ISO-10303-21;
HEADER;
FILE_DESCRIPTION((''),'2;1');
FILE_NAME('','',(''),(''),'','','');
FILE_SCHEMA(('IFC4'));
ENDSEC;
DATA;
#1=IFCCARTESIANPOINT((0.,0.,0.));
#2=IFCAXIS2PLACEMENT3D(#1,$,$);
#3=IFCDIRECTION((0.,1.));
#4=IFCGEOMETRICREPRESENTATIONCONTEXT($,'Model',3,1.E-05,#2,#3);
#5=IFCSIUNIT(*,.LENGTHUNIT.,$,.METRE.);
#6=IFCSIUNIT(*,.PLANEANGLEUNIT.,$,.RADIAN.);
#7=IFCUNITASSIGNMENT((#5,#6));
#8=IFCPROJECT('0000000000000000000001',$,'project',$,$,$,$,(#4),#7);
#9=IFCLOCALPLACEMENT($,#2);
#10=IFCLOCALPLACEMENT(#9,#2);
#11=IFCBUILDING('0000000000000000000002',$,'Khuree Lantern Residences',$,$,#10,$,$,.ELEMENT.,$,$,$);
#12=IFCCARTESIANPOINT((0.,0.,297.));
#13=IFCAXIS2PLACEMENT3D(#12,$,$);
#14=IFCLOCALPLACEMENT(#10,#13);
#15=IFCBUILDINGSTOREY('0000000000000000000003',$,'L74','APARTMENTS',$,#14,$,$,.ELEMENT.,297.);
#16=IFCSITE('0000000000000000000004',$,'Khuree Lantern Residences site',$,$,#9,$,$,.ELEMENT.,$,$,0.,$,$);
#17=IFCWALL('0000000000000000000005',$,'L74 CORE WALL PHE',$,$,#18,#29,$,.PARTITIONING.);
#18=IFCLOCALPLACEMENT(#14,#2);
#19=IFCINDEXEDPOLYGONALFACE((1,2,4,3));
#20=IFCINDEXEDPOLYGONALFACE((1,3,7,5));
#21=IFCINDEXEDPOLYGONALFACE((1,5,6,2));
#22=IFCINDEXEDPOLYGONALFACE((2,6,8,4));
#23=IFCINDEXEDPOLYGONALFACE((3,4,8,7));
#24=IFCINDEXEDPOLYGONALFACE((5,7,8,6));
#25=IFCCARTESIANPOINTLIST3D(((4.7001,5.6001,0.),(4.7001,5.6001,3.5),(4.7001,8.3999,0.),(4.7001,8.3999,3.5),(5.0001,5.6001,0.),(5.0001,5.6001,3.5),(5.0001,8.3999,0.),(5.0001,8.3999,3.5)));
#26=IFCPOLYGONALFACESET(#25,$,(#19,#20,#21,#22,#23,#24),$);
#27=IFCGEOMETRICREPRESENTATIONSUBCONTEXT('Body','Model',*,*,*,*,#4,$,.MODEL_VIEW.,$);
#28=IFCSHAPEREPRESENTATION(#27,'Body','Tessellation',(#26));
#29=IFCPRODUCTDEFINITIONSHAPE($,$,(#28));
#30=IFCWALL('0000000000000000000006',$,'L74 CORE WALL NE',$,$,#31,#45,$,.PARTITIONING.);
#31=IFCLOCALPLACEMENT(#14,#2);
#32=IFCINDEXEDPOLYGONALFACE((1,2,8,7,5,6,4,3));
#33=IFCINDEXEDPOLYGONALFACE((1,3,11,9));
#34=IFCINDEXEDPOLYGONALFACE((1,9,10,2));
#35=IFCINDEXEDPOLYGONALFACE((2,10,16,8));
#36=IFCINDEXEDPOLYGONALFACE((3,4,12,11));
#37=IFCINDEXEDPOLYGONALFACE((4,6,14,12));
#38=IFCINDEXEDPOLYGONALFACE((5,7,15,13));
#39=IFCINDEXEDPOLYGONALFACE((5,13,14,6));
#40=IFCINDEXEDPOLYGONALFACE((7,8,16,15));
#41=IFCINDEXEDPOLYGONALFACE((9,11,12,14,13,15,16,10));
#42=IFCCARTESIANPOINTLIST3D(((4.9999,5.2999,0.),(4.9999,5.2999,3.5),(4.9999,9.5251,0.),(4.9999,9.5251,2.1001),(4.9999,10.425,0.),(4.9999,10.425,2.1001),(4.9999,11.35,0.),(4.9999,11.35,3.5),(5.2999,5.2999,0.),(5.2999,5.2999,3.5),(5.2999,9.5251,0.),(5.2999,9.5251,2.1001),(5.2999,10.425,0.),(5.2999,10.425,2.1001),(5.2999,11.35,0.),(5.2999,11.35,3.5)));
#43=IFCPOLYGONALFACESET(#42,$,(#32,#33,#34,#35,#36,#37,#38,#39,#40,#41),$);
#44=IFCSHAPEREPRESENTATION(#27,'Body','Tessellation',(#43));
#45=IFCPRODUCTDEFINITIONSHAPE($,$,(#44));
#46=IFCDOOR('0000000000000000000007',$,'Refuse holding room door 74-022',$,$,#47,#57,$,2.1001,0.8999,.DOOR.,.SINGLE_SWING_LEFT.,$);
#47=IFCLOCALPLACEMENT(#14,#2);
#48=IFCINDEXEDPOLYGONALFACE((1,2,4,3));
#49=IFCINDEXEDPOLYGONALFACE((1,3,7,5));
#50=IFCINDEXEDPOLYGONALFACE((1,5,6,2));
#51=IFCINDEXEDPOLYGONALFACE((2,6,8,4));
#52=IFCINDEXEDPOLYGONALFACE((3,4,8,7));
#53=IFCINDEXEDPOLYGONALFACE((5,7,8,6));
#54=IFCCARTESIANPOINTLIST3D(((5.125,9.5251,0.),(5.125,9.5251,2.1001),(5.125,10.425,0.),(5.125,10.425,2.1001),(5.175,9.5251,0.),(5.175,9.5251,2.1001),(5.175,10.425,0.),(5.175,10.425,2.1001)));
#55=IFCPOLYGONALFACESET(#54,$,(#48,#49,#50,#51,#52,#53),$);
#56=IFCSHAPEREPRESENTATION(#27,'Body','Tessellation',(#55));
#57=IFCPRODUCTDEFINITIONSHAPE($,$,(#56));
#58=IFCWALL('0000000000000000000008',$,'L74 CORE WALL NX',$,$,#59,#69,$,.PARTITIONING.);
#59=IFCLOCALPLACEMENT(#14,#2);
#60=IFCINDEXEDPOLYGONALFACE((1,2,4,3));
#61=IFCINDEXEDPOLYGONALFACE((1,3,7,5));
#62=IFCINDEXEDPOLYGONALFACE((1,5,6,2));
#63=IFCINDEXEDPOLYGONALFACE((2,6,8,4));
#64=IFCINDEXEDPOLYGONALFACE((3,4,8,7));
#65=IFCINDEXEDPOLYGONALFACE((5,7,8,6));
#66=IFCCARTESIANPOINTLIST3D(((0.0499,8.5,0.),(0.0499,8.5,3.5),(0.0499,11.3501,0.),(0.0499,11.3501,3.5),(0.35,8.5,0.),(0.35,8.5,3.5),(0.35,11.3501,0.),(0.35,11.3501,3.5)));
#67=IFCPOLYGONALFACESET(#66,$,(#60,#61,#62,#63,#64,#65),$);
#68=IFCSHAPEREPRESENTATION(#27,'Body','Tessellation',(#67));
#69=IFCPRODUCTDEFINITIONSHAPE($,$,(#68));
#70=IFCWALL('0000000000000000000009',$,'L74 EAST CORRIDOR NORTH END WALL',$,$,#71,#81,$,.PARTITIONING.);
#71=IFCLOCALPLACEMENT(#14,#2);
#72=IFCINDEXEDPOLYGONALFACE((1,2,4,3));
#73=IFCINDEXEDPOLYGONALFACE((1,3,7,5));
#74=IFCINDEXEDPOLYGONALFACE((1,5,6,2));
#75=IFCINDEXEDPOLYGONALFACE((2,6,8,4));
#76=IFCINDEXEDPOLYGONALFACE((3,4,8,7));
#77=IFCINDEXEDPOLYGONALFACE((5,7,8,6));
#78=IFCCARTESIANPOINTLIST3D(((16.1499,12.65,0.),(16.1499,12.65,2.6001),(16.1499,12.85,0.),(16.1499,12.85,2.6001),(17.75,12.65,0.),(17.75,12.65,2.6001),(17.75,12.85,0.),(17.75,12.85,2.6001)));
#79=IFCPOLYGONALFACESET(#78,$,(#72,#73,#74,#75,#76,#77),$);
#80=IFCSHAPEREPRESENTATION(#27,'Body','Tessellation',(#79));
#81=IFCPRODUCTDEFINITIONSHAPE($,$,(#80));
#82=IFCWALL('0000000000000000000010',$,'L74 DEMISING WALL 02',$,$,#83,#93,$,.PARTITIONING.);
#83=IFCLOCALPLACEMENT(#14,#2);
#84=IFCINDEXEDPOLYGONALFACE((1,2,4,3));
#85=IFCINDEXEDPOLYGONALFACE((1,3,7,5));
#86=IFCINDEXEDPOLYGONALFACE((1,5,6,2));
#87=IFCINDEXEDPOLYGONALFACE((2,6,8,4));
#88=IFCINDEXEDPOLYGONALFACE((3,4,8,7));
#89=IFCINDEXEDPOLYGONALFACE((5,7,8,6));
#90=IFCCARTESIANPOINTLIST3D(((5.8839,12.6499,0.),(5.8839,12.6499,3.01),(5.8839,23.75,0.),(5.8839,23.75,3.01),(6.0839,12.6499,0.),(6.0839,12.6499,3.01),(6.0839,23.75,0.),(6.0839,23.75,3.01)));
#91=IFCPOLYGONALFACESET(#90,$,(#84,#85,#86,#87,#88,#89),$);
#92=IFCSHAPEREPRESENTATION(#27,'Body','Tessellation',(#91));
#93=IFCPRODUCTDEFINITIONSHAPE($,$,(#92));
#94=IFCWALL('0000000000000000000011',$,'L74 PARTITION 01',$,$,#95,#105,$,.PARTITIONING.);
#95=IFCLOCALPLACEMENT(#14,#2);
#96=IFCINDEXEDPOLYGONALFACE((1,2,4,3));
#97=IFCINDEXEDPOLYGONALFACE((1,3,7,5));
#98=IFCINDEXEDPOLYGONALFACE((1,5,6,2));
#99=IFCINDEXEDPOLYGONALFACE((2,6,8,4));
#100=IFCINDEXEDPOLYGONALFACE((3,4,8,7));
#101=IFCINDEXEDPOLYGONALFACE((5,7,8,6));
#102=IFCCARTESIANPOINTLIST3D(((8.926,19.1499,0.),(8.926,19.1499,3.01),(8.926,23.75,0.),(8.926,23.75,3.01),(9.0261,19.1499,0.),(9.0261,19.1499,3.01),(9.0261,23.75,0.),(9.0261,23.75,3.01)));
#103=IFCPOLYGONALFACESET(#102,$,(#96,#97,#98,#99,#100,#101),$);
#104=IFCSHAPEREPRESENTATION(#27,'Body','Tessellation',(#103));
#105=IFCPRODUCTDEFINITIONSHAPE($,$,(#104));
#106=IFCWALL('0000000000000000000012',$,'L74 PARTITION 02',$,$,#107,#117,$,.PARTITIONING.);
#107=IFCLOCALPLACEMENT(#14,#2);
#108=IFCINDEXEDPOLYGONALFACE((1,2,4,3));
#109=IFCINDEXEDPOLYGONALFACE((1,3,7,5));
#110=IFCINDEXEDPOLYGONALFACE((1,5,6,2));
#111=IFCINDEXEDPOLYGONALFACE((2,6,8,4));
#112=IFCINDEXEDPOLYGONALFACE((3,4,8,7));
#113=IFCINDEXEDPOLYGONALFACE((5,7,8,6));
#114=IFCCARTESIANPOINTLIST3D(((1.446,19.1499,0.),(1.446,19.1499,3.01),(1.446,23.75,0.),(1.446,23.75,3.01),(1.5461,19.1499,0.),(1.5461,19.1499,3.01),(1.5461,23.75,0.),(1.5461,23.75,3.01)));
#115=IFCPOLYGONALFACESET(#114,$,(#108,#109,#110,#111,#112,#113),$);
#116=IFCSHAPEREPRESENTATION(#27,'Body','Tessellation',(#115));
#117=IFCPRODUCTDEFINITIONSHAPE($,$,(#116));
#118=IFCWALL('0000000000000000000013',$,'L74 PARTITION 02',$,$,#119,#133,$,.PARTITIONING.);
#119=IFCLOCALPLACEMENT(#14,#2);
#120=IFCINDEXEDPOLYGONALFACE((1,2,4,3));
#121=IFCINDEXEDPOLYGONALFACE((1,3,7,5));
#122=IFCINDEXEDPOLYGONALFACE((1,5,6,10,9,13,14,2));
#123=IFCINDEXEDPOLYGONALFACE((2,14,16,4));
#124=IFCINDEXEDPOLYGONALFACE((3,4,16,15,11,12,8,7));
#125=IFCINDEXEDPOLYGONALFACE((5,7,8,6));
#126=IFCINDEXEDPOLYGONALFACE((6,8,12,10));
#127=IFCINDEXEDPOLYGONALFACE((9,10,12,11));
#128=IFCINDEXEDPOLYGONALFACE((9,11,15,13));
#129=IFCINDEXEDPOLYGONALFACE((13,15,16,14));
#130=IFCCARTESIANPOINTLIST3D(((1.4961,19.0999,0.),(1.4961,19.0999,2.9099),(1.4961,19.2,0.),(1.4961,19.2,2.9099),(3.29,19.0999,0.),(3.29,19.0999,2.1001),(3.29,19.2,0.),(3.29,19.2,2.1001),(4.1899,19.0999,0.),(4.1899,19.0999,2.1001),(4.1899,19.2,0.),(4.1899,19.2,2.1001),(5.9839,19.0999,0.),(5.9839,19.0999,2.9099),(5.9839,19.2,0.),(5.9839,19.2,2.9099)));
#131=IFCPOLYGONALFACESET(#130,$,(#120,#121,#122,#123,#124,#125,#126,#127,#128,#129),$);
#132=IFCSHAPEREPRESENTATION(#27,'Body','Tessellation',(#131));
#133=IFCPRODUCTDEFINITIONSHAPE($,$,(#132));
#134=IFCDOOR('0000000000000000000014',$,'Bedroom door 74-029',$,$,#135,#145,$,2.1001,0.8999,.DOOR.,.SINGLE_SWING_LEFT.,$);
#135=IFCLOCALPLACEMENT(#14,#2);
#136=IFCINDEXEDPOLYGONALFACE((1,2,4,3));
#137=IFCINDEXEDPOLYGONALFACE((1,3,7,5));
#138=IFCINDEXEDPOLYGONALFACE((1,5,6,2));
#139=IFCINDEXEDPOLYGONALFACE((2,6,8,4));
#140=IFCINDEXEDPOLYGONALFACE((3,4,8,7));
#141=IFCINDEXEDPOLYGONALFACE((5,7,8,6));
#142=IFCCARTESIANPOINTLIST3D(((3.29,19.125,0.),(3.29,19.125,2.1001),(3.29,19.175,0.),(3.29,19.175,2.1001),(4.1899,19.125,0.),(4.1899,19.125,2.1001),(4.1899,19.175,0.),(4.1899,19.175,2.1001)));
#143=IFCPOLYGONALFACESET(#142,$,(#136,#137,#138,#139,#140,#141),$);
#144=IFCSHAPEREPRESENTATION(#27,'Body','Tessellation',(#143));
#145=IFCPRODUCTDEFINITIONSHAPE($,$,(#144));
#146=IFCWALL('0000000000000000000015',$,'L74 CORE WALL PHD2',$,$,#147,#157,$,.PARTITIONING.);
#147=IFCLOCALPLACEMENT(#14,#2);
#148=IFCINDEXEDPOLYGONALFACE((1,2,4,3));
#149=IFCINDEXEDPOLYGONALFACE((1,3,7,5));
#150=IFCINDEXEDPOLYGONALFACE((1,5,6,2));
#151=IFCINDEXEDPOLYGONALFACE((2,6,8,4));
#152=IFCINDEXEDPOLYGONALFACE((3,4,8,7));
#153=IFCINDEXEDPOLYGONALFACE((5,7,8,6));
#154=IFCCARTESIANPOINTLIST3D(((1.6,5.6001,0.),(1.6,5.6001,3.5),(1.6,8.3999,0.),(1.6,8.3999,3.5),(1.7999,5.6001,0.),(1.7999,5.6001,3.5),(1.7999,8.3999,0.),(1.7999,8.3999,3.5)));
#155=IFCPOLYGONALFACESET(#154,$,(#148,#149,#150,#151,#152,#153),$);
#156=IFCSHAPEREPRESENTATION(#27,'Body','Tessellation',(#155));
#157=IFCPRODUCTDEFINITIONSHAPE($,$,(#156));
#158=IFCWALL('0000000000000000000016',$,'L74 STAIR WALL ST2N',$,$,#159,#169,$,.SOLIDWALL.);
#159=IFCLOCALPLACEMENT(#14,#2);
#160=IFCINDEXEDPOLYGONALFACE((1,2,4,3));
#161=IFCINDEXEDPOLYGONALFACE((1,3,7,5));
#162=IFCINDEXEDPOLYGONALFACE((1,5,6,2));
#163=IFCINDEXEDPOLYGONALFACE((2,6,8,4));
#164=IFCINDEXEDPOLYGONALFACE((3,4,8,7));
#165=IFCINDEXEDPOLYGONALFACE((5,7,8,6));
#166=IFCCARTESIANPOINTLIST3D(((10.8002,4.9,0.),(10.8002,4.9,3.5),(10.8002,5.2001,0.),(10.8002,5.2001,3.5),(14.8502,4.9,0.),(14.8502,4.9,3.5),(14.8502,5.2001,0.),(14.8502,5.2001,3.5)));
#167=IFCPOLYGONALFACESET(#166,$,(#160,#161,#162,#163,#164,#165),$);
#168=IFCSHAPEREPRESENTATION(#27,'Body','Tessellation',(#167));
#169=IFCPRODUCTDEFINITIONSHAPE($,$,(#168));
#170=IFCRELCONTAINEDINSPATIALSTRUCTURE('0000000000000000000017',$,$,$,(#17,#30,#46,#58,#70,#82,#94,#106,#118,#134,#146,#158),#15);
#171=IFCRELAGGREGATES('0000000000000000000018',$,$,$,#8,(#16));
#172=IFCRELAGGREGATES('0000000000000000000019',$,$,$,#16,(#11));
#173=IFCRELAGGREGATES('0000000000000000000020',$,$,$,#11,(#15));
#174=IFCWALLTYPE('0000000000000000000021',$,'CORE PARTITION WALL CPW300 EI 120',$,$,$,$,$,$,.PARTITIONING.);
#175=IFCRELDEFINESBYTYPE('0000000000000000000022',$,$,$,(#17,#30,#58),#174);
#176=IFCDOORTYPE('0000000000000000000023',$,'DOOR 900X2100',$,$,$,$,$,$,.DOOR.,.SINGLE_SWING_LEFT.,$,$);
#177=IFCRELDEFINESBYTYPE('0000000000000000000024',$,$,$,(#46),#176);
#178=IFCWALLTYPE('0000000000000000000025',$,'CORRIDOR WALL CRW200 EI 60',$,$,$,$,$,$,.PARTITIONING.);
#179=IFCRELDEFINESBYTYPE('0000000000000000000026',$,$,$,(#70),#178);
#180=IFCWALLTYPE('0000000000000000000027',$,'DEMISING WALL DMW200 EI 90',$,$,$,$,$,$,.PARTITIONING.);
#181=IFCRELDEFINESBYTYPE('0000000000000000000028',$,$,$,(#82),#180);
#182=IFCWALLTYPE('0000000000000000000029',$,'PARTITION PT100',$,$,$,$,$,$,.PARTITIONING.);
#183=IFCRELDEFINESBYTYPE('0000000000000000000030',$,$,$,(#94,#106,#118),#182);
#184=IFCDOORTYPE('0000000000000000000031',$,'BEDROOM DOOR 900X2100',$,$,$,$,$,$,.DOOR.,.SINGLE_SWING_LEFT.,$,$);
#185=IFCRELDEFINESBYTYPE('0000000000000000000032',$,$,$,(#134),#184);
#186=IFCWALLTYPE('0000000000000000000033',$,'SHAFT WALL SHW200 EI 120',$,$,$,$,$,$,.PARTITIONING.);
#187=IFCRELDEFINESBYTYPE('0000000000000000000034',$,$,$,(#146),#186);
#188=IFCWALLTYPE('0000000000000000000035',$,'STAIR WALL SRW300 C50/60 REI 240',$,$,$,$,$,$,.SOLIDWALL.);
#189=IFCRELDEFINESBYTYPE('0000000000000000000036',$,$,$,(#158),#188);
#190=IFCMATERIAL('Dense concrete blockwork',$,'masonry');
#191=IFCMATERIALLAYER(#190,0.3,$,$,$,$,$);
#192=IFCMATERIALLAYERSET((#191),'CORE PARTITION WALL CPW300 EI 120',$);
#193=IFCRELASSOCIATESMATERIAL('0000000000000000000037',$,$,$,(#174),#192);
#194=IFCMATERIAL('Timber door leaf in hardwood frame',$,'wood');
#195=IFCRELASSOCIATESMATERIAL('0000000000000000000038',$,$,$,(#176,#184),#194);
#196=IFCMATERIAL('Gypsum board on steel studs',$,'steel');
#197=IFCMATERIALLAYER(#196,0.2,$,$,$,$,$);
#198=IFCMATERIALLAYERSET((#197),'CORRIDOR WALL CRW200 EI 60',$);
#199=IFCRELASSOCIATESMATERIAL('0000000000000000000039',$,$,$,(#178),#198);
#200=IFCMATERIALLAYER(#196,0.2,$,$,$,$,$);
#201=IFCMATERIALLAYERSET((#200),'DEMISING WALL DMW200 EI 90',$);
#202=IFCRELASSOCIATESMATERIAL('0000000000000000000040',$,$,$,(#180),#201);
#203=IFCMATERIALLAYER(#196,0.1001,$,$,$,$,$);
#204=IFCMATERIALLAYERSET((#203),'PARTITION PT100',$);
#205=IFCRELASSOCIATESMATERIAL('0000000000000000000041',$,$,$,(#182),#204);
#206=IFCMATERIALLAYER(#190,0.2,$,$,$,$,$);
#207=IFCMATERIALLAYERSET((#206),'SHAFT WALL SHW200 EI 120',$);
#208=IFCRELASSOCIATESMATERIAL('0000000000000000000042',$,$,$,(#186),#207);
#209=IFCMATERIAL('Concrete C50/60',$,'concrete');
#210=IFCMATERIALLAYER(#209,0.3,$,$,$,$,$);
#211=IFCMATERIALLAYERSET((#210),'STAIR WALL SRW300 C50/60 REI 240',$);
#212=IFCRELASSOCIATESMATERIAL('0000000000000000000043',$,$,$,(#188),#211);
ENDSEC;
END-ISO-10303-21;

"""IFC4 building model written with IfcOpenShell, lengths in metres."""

from ifc_helpers import new_model, si_unit, direction, frame, frame_2d, origin, place, context, subcontext, project, spatial, rectangle, extrude, material, layer, layer_set, type_object, element, fill, save


model = new_model("IFC4")

# Units and contexts
model_context = context("Model", 3, precision=1e-05, world=origin(), true_north=direction((0.0, 1.0)))
body_context = subcontext(model_context, "Body", "Model", "MODEL_VIEW")
ifc_project = project(units=[si_unit("LENGTHUNIT", "METRE"), si_unit("PLANEANGLEUNIT", "RADIAN")], contexts=[model_context])

# Site, building, storey
site_placement = place(None, origin())
site = spatial("IfcSite", under=ifc_project, at=site_placement, Name="Khuree Lantern Residences site", CompositionType="ELEMENT", RefElevation=0.0)
building_placement = place(site_placement, origin())
building = spatial("IfcBuilding", under=site, at=building_placement, Name="Khuree Lantern Residences", CompositionType="ELEMENT")
storey_placement = place(building_placement, frame((0.0, 0.0, 297.0)))
storey = spatial("IfcBuildingStorey", under=building, at=storey_placement, Name="L74", Description="APARTMENTS", CompositionType="ELEMENT", Elevation=297.0)

# Shared definitions
ifc_material_1 = material(Name="Concrete C50/60", Category="concrete")

# Shared definitions
ifc_material_2 = material(Name="Timber door leaf in hardwood frame", Category="wood")

# Wall
ifc_material_3 = material(Name="Dense concrete blockwork", Category="masonry")
ifc_layer_1 = layer(ifc_material_3, 0.3)
ifc_layer_set_1 = layer_set([ifc_layer_1], Name="CORE PARTITION WALL CPW300 EI 120")
wall_type_1 = type_object("IfcWallType", Name="CORE PARTITION WALL CPW300 EI 120", PredefinedType="PARTITIONING", material=ifc_layer_set_1)
wall_1_placement = place(storey_placement, frame((4.8501, 5.6001, 0.0), z_axis=(0.0, 0.0, 1.0), x_axis=(0.0, 1.0, 0.0)))
element("IfcWall", 1, at=wall_1_placement, inside=storey, type_object=wall_type_1, Name="L74 CORE WALL PHE", PredefinedType="PARTITIONING", context=body_context, shape_type="SweptSolid", body=[
    extrude(rectangle(XDim=2.7998, YDim=0.3, at=frame_2d((1.3999, 0.0))), origin(), (0.0, 0.0, 1.0), 3.5),
])

# Wall, opening, door
wall_2_placement = place(storey_placement, frame((5.1499, 5.3, 0.0), z_axis=(0.0, 0.0, 1.0), x_axis=(0.0, 1.0, 0.0)))
wall_2 = element("IfcWall", 2, at=wall_2_placement, inside=storey, type_object=wall_type_1, Name="L74 CORE WALL NE", PredefinedType="PARTITIONING", context=body_context, shape_type="SweptSolid", body=[
    extrude(rectangle(XDim=6.05, YDim=0.3, at=frame_2d((3.0249, 0.0))), origin(), (0.0, 0.0, 1.0), 3.5),
])
opening_1_placement = place(wall_2_placement, frame((4.2251, 0.0, 0.0)))
opening_1 = element("IfcOpeningElement", 3, at=opening_1_placement, cuts=wall_2, PredefinedType="OPENING", context=body_context, shape_type="SweptSolid", body=[
    extrude(rectangle(XDim=0.8999, YDim=2.1001, at=frame_2d((0.45, 1.05))), frame((0.0, 0.1602, 0.0), z_axis=(0.0, -1.0, 0.0), x_axis=(1.0, 0.0, 0.0)), (0.0, 0.0, 1.0), 0.3201),
])
door_type_1 = type_object("IfcDoorType", Name="DOOR 900X2100", OperationType="SINGLE_SWING_LEFT", PredefinedType="DOOR", material=ifc_material_2)
door_1_placement = place(opening_1_placement, origin())
door_1 = element("IfcDoor", 4, at=door_1_placement, inside=storey, type_object=door_type_1, Name="Refuse holding room door 74-022", OperationType="SINGLE_SWING_LEFT", OverallHeight=2.1001, OverallWidth=0.8999, PredefinedType="DOOR", context=body_context, shape_type="SweptSolid", body=[
    extrude(rectangle(XDim=0.8999, YDim=2.1001, at=frame_2d((0.45, 1.05))), frame((0.0, 0.0249, 0.0), z_axis=(0.0, -1.0, 0.0), x_axis=(1.0, 0.0, 0.0)), (0.0, 0.0, 1.0), 0.05),
])
fill(opening_1, door_1)

# Walls
wall_3_placement = place(storey_placement, frame((0.2, 8.5, 0.0), z_axis=(0.0, 0.0, 1.0), x_axis=(0.0, 1.0, 0.0)))
element("IfcWall", 5, at=wall_3_placement, inside=storey, type_object=wall_type_1, Name="L74 CORE WALL NX", PredefinedType="PARTITIONING", context=body_context, shape_type="SweptSolid", body=[
    extrude(rectangle(XDim=2.8501, YDim=0.3, at=frame_2d((1.425, 0.0))), origin(), (0.0, 0.0, 1.0), 3.5),
])
ifc_material_4 = material(Name="Gypsum board on steel studs", Category="steel")
ifc_layer_2 = layer(ifc_material_4, 0.2)
ifc_layer_set_2 = layer_set([ifc_layer_2], Name="CORRIDOR WALL CRW200 EI 60")
wall_type_2 = type_object("IfcWallType", Name="CORRIDOR WALL CRW200 EI 60", PredefinedType="PARTITIONING", material=ifc_layer_set_2)
wall_4_placement = place(storey_placement, frame((16.1499, 12.75, 0.0), z_axis=(0.0, 0.0, 1.0), x_axis=(1.0, 0.0, 0.0)))
element("IfcWall", 6, at=wall_4_placement, inside=storey, type_object=wall_type_2, Name="L74 EAST CORRIDOR NORTH END WALL", PredefinedType="PARTITIONING", context=body_context, shape_type="SweptSolid", body=[
    extrude(rectangle(XDim=1.6001, YDim=0.2, at=frame_2d((0.8, 0.0))), origin(), (0.0, 0.0, 1.0), 2.6001),
])
ifc_layer_3 = layer(ifc_material_4, 0.2)
ifc_layer_set_3 = layer_set([ifc_layer_3], Name="DEMISING WALL DMW200 EI 90")
wall_type_3 = type_object("IfcWallType", Name="DEMISING WALL DMW200 EI 90", PredefinedType="PARTITIONING", material=ifc_layer_set_3)
wall_5_placement = place(storey_placement, frame((5.9839, 12.6499, 0.0), z_axis=(0.0, 0.0, 1.0), x_axis=(0.0, 1.0, 0.0)))
element("IfcWall", 7, at=wall_5_placement, inside=storey, type_object=wall_type_3, Name="L74 DEMISING WALL 02", PredefinedType="PARTITIONING", context=body_context, shape_type="SweptSolid", body=[
    extrude(rectangle(XDim=11.1001, YDim=0.2, at=frame_2d((5.55, 0.0))), origin(), (0.0, 0.0, 1.0), 3.01),
])
ifc_layer_4 = layer(ifc_material_4, 0.1001)
ifc_layer_set_4 = layer_set([ifc_layer_4], Name="PARTITION PT100")
wall_type_4 = type_object("IfcWallType", Name="PARTITION PT100", PredefinedType="PARTITIONING", material=ifc_layer_set_4)
for number, where, z_axis, x_axis, name in (
    (8, (8.9761, 19.1499, 0.0), (0.0, 0.0, 1.0), (0.0, 1.0, 0.0), "L74 PARTITION 01"),
    (9, (1.4961, 19.1499, 0.0), (0.0, 0.0, 1.0), (0.0, 1.0, 0.0), "L74 PARTITION 02"),
):
    element("IfcWall", number, at=place(storey_placement, frame(where, z_axis=z_axis, x_axis=x_axis)), inside=storey, type_object=wall_type_4, Name=name, PredefinedType="PARTITIONING", context=body_context, shape_type="SweptSolid", body=[
        extrude(rectangle(XDim=4.6001, YDim=0.1001, at=frame_2d((2.3, 0.0))), origin(), (0.0, 0.0, 1.0), 3.01),
    ])

# Wall, opening, door
wall_6_placement = place(storey_placement, frame((5.9839, 19.1499, 0.0), z_axis=(0.0, 0.0, 1.0), x_axis=(-1.0, 0.0, 0.0)))
wall_6 = element("IfcWall", 10, at=wall_6_placement, inside=storey, type_object=wall_type_4, Name="L74 PARTITION 02", PredefinedType="PARTITIONING", context=body_context, shape_type="SweptSolid", body=[
    extrude(rectangle(XDim=4.4878, YDim=0.1001, at=frame_2d((2.2439, 0.0))), origin(), (0.0, 0.0, 1.0), 2.9099),
])
opening_2_placement = place(wall_6_placement, frame((1.7939, 0.0, 0.0)))
opening_2 = element("IfcOpeningElement", 11, at=opening_2_placement, cuts=wall_6, PredefinedType="OPENING", context=body_context, shape_type="SweptSolid", body=[
    extrude(rectangle(XDim=0.8999, YDim=2.1001, at=frame_2d((0.45, 1.05))), frame((0.0, 0.0601, 0.0), z_axis=(0.0, -1.0, 0.0), x_axis=(1.0, 0.0, 0.0)), (0.0, 0.0, 1.0), 0.1201),
])
door_type_2 = type_object("IfcDoorType", Name="BEDROOM DOOR 900X2100", OperationType="SINGLE_SWING_LEFT", PredefinedType="DOOR", material=ifc_material_2)
door_2_placement = place(opening_2_placement, origin())
door_2 = element("IfcDoor", 12, at=door_2_placement, inside=storey, type_object=door_type_2, Name="Bedroom door 74-029", OperationType="SINGLE_SWING_LEFT", OverallHeight=2.1001, OverallWidth=0.8999, PredefinedType="DOOR", context=body_context, shape_type="SweptSolid", body=[
    extrude(rectangle(XDim=0.8999, YDim=2.1001, at=frame_2d((0.45, 1.05))), frame((0.0, 0.0249, 0.0), z_axis=(0.0, -1.0, 0.0), x_axis=(1.0, 0.0, 0.0)), (0.0, 0.0, 1.0), 0.05),
])
fill(opening_2, door_2)

# Walls
ifc_layer_5 = layer(ifc_material_3, 0.2)
ifc_layer_set_5 = layer_set([ifc_layer_5], Name="SHAFT WALL SHW200 EI 120")
wall_type_5 = type_object("IfcWallType", Name="SHAFT WALL SHW200 EI 120", PredefinedType="PARTITIONING", material=ifc_layer_set_5)
wall_7_placement = place(storey_placement, frame((1.7, 5.6001, 0.0), z_axis=(0.0, 0.0, 1.0), x_axis=(0.0, 1.0, 0.0)))
element("IfcWall", 13, at=wall_7_placement, inside=storey, type_object=wall_type_5, Name="L74 CORE WALL PHD2", PredefinedType="PARTITIONING", context=body_context, shape_type="SweptSolid", body=[
    extrude(rectangle(XDim=2.7998, YDim=0.2, at=frame_2d((1.3999, 0.0))), origin(), (0.0, 0.0, 1.0), 3.5),
])
ifc_layer_6 = layer(ifc_material_1, 0.3)
ifc_layer_set_6 = layer_set([ifc_layer_6], Name="STAIR WALL SRW300 C50/60 REI 240")
wall_type_6 = type_object("IfcWallType", Name="STAIR WALL SRW300 C50/60 REI 240", PredefinedType="SOLIDWALL", material=ifc_layer_set_6)
wall_8_placement = place(storey_placement, frame((14.8501, 5.05, 0.0), z_axis=(0.0, 0.0, 1.0), x_axis=(-1.0, 0.0, 0.0)))
element("IfcWall", 14, at=wall_8_placement, inside=storey, type_object=wall_type_6, Name="L74 STAIR WALL ST2N", PredefinedType="SOLIDWALL", context=body_context, shape_type="SweptSolid", body=[
    extrude(rectangle(XDim=4.05, YDim=0.3, at=frame_2d((2.0249, 0.0))), origin(), (0.0, 0.0, 1.0), 3.5),
])

save(model, "model.ifc")
